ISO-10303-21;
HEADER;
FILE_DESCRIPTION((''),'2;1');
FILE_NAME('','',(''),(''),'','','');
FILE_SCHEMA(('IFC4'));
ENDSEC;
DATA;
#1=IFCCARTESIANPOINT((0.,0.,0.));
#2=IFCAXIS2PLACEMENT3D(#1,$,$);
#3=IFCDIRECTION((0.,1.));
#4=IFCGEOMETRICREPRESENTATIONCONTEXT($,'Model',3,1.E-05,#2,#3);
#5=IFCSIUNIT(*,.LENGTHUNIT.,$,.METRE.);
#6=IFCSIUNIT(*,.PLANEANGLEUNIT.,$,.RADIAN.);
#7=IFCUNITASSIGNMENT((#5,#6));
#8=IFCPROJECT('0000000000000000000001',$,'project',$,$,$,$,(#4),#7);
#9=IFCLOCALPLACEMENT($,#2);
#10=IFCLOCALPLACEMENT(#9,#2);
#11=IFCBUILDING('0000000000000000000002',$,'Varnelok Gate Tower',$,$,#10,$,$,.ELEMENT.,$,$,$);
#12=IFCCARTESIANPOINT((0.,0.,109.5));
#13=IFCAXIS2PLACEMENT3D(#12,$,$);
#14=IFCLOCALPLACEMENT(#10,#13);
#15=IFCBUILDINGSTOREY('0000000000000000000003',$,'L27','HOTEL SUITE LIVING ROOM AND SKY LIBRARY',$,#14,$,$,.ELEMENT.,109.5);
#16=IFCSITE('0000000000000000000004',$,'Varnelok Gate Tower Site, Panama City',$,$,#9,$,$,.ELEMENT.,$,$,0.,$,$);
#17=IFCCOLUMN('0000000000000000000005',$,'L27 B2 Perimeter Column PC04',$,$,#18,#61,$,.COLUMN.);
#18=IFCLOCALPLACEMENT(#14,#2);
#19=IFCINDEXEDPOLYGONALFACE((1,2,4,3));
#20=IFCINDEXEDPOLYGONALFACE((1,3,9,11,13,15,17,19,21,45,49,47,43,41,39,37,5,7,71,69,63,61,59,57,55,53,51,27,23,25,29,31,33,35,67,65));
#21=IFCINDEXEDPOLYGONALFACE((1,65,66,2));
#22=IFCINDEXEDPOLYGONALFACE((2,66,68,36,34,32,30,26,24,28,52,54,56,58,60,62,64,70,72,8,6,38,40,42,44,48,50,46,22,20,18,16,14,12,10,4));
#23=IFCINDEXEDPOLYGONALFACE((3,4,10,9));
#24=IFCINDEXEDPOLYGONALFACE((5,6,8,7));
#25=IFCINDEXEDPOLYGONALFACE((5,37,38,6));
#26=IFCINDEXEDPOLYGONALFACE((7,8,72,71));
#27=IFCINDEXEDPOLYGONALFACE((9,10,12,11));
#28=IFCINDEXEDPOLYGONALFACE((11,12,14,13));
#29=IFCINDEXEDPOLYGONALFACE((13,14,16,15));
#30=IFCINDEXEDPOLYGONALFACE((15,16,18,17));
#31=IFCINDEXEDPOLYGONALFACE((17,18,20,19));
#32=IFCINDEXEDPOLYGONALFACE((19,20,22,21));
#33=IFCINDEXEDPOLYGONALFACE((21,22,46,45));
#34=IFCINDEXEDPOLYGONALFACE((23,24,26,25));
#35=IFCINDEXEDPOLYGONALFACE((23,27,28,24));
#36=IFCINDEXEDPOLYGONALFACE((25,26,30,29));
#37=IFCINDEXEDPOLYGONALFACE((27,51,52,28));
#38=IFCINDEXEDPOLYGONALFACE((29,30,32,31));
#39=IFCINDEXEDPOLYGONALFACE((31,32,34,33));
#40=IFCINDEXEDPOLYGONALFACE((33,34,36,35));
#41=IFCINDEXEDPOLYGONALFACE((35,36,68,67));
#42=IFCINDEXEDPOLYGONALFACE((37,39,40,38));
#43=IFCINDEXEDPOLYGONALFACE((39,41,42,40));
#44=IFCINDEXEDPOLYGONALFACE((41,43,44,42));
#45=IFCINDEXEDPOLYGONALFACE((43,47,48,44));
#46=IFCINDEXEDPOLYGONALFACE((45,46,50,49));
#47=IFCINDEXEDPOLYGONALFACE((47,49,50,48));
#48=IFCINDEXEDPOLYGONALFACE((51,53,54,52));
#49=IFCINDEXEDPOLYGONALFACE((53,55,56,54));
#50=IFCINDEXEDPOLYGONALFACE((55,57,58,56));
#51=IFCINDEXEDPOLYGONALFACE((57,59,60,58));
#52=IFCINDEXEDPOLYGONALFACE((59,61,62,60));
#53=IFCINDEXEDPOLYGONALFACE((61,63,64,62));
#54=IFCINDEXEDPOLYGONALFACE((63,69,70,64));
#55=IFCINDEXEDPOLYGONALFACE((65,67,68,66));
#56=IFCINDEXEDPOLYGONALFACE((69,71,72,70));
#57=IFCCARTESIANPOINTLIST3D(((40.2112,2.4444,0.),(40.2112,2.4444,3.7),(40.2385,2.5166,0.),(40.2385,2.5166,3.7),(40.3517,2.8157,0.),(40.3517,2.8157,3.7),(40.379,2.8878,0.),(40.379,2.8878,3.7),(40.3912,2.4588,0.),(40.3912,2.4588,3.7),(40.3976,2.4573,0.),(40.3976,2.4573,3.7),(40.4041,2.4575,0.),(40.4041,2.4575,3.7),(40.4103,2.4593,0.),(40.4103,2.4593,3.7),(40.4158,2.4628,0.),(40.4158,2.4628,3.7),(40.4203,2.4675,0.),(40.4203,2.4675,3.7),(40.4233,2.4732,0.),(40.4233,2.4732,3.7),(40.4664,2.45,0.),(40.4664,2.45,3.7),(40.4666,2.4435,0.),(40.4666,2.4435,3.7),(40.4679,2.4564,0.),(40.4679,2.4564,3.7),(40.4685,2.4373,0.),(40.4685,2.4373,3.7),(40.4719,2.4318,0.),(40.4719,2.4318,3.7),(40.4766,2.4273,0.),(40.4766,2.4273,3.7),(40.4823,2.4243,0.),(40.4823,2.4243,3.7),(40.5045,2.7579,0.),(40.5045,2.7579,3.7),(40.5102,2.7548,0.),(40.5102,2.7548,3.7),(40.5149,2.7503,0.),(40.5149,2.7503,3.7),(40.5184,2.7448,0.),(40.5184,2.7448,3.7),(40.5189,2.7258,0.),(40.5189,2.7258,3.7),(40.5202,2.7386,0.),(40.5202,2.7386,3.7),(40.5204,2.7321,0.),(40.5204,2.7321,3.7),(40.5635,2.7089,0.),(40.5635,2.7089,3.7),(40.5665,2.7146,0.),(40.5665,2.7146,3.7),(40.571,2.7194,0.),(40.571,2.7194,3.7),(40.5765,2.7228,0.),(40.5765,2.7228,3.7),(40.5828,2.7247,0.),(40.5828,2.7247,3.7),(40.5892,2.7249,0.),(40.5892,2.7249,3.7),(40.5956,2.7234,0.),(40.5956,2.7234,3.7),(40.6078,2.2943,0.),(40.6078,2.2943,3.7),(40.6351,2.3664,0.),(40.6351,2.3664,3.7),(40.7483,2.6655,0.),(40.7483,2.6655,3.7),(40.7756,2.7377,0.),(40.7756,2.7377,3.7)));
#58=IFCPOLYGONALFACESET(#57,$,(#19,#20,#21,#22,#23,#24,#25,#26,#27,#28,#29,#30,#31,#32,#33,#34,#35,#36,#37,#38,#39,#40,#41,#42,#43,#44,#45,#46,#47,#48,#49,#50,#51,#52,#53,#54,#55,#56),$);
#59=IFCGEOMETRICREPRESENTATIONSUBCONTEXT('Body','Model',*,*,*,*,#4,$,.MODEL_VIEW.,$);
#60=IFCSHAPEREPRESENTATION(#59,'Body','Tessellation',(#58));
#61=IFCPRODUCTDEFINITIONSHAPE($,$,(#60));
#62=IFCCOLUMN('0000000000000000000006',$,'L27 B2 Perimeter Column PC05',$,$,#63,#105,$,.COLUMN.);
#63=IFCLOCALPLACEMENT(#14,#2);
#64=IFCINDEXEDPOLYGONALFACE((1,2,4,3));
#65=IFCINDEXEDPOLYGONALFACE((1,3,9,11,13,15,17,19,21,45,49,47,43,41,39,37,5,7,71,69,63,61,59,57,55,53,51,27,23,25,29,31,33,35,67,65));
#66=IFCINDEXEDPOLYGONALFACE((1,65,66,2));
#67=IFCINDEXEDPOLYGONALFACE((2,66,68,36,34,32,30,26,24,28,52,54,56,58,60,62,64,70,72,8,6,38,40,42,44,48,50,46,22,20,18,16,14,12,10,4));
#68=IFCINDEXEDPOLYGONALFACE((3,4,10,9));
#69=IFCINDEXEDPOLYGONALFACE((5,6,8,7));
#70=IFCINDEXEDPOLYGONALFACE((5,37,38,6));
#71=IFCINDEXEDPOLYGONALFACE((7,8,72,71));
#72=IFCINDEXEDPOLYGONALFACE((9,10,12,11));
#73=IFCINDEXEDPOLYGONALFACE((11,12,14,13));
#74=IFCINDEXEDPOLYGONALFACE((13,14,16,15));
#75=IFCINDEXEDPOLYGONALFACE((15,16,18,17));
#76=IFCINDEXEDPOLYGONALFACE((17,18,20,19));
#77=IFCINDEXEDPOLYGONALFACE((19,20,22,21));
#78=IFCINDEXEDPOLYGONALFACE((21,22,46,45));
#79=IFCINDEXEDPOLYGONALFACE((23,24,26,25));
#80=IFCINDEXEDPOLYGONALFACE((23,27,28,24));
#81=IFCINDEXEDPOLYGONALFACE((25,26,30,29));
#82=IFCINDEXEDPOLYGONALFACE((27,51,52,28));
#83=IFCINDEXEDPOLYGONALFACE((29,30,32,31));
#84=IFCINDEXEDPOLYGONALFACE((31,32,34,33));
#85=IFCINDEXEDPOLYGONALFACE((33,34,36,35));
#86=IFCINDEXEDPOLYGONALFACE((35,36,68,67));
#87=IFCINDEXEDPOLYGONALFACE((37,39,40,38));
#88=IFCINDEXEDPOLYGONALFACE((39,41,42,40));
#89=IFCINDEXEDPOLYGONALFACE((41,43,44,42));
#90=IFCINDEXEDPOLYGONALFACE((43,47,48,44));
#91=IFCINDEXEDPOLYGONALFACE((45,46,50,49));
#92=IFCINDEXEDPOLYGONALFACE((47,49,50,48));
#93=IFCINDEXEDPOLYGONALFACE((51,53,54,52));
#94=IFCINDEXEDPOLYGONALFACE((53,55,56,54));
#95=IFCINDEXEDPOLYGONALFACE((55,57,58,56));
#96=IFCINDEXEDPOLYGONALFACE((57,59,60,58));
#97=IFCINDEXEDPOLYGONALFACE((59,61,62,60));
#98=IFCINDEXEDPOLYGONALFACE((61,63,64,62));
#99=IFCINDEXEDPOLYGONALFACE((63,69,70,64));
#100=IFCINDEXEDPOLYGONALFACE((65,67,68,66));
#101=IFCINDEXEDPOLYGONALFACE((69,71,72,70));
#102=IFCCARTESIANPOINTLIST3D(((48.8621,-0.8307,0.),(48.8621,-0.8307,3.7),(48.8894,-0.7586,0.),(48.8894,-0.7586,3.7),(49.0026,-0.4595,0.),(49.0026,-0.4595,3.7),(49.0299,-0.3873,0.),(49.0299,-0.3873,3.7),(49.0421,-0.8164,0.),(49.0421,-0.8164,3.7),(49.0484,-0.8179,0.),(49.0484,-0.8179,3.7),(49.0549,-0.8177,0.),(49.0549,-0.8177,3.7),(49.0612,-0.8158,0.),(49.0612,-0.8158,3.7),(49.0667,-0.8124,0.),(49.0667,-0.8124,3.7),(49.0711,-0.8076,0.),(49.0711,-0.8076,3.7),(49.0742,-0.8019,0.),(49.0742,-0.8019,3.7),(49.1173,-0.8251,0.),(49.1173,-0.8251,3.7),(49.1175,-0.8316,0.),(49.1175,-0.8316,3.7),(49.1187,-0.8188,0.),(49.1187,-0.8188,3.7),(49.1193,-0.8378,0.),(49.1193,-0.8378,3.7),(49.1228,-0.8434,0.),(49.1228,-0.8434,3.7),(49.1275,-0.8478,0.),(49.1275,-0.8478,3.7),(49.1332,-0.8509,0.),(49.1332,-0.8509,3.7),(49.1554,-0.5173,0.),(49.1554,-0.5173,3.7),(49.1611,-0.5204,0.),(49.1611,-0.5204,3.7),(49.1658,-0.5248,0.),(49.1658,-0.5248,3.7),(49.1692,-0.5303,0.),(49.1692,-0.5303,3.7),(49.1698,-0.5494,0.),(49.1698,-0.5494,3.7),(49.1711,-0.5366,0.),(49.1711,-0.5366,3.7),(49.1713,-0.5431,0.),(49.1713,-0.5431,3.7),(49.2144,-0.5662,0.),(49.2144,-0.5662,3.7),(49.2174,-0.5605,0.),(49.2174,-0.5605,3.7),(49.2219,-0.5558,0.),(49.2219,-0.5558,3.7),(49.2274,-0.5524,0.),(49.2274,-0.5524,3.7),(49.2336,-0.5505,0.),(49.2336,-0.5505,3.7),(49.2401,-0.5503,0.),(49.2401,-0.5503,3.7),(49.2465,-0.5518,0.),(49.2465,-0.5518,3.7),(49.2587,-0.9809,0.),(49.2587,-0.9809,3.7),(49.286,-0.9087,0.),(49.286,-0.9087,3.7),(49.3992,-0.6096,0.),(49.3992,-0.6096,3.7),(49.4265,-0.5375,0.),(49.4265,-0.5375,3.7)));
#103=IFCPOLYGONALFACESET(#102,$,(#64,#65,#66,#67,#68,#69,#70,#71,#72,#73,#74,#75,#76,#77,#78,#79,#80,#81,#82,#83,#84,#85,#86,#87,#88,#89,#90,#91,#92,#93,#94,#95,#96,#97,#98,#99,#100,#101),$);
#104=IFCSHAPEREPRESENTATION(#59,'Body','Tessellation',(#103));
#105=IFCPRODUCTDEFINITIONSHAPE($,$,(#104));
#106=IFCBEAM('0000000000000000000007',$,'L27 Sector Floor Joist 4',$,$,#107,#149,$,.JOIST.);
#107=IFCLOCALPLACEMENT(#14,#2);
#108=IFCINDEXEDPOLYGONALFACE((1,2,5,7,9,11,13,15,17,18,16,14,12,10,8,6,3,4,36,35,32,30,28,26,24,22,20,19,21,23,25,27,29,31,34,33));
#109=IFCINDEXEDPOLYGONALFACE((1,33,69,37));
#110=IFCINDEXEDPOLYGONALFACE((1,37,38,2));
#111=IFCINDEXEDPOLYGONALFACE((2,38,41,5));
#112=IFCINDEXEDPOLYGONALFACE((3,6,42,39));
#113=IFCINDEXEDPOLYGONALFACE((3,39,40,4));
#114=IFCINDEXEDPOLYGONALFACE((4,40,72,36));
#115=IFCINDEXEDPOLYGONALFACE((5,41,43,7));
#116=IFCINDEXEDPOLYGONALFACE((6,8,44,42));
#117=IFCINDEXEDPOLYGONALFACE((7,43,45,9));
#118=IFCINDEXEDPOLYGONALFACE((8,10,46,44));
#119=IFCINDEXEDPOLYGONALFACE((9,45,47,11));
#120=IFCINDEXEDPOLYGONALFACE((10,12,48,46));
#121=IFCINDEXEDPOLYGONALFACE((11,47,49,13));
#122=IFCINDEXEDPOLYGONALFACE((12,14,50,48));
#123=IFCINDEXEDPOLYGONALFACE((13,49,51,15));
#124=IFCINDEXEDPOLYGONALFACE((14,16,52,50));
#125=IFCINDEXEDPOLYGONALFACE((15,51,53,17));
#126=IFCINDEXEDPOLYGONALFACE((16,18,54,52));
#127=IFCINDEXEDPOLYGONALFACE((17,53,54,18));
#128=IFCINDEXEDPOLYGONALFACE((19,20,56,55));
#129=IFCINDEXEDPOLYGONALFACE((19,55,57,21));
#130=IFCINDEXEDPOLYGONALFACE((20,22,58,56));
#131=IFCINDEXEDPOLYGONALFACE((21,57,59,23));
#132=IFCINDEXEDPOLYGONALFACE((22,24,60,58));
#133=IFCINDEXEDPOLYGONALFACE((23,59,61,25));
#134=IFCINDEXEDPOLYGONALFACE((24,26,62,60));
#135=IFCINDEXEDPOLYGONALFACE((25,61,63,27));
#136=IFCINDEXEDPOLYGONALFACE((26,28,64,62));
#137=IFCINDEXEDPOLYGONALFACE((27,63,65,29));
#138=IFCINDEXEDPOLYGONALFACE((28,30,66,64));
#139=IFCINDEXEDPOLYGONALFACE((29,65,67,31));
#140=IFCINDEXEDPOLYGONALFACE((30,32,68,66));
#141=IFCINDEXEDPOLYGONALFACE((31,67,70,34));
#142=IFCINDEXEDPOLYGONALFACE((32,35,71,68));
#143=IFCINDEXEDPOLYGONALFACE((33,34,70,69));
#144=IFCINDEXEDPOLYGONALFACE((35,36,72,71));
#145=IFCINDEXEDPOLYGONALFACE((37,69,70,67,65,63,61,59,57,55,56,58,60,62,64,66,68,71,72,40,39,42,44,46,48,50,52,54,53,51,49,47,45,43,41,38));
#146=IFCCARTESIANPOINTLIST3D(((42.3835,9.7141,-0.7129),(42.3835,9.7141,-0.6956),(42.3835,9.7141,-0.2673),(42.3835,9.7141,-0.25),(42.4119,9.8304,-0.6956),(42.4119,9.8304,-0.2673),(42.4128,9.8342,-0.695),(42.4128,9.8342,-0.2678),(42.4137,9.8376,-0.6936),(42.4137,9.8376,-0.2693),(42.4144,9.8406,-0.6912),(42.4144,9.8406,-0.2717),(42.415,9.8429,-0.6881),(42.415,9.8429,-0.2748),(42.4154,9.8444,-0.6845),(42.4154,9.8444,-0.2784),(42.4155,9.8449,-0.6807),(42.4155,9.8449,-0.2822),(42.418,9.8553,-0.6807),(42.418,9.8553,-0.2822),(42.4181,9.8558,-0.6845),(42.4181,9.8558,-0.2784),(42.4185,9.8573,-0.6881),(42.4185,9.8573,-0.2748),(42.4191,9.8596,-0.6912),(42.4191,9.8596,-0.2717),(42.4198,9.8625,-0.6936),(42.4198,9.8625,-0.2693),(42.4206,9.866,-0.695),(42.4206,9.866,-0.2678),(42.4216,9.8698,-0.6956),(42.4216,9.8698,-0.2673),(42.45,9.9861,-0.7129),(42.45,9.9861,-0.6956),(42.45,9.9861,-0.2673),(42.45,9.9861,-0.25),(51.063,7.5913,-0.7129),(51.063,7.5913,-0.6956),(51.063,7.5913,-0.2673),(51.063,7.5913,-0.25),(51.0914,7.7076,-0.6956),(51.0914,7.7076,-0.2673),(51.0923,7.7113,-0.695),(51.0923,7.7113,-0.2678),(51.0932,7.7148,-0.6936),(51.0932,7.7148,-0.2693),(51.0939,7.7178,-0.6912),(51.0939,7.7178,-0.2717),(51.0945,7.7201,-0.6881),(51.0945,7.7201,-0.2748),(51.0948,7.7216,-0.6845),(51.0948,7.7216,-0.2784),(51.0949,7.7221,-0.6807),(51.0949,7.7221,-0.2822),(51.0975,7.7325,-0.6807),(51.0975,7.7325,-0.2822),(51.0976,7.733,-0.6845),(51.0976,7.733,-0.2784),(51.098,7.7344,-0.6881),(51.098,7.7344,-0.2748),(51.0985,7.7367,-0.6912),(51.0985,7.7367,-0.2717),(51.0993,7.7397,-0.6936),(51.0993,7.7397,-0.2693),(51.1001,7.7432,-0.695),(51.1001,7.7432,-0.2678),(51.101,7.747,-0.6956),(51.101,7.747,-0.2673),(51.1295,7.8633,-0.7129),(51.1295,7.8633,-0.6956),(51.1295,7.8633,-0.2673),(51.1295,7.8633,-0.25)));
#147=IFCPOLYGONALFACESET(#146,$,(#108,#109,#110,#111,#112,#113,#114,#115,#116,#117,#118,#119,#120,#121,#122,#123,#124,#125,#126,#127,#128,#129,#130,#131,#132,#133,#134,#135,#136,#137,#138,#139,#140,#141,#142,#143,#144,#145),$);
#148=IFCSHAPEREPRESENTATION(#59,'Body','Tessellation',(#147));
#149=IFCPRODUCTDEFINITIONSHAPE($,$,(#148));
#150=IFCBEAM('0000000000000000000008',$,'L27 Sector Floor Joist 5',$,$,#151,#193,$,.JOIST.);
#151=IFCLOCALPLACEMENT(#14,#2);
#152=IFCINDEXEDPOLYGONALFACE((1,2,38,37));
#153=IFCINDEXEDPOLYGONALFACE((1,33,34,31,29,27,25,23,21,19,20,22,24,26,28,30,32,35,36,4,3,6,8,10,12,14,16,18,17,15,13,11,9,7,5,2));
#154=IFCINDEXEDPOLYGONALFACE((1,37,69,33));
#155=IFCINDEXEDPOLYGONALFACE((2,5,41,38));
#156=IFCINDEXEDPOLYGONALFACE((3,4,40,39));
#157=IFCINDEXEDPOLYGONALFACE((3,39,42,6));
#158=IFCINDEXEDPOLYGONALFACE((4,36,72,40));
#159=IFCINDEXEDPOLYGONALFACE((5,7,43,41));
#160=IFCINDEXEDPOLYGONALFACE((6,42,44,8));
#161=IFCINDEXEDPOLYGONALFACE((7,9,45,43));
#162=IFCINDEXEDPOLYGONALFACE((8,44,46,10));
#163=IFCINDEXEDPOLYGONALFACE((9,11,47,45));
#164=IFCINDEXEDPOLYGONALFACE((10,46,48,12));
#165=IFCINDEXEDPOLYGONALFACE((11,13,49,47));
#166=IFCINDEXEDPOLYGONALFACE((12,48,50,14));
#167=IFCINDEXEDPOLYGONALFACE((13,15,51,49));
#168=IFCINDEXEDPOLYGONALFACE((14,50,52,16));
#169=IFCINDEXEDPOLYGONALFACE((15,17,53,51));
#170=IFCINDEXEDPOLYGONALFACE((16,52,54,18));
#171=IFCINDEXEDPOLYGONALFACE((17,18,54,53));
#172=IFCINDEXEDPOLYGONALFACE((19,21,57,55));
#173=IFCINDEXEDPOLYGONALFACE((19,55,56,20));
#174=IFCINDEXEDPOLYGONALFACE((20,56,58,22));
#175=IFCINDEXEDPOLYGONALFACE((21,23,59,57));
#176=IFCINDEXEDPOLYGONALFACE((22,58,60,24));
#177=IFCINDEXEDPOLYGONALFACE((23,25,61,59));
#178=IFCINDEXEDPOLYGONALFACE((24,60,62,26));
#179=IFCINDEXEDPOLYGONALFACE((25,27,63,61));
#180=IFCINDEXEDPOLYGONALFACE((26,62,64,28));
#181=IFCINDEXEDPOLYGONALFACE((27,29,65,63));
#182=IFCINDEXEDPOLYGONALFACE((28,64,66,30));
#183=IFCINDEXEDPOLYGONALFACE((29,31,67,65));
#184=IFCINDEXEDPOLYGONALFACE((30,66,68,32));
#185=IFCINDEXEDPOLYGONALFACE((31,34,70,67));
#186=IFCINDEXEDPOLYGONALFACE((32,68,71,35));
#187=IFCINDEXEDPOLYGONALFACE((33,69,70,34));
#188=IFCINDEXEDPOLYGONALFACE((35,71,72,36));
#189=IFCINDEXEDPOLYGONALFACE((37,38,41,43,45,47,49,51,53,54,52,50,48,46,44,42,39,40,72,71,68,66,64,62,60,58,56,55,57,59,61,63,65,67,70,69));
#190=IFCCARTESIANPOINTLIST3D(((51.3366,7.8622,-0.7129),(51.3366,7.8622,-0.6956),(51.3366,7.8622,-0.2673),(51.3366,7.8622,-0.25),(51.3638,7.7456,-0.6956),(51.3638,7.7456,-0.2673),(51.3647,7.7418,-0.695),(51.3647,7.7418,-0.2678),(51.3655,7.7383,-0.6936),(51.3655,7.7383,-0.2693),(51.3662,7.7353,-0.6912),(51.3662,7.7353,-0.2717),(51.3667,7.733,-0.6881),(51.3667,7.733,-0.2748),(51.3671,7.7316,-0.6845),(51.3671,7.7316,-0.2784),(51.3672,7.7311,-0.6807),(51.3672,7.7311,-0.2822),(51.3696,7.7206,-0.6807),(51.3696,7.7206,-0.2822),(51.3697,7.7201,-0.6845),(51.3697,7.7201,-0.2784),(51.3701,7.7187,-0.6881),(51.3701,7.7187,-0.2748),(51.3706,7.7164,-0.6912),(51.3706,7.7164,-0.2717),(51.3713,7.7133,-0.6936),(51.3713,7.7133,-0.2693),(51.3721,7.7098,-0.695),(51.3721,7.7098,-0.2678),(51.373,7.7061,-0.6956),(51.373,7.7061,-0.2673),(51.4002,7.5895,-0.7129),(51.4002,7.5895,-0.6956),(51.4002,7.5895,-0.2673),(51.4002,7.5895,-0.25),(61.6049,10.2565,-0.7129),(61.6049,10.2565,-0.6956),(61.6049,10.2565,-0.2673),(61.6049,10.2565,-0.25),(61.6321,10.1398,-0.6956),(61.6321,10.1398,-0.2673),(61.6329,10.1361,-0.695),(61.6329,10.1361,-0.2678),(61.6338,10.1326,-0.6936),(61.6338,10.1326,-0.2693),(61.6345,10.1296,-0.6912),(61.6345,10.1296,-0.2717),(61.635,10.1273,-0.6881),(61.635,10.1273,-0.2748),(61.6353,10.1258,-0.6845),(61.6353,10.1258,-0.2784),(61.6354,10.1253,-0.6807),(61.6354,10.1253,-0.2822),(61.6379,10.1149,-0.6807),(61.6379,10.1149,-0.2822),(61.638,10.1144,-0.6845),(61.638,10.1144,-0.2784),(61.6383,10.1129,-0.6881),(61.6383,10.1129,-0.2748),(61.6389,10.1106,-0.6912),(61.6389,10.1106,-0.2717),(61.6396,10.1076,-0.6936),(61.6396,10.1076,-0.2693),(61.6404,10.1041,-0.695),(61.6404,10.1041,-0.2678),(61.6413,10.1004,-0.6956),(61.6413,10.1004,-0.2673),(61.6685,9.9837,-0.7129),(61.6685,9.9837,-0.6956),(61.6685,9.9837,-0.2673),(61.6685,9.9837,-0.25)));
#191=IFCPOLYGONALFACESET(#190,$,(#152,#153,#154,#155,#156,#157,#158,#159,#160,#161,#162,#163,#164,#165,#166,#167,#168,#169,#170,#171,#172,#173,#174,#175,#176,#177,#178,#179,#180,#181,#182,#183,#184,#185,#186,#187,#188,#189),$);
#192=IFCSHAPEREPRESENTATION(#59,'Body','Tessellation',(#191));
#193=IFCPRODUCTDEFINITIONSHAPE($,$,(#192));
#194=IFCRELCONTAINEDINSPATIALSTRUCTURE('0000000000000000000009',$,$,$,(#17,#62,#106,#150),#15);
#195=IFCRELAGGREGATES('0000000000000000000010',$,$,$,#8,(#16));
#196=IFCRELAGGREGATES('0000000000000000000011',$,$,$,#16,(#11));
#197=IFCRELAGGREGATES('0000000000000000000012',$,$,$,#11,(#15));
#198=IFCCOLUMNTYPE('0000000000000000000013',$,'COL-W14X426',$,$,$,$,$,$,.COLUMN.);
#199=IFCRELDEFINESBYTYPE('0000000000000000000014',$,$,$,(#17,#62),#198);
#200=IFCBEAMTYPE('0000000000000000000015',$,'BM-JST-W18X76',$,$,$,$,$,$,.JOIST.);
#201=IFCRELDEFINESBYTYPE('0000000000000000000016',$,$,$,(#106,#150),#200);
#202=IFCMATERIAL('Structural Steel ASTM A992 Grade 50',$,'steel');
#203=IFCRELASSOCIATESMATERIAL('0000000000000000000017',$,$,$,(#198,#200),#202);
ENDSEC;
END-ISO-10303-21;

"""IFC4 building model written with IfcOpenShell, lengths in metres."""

from ifc_helpers import new_model, si_unit, direction, frame, origin, origin_2d, place, context, subcontext, project, spatial, i_section, extrude, material, material_profile, profile_set, type_object, element, save


model = new_model("IFC4")

# Units and contexts
model_context = context("Model", 3, precision=1e-05, world=origin(), true_north=direction((0.0, 1.0)))
body_context = subcontext(model_context, "Body", "Model", "MODEL_VIEW")
ifc_project = project(units=[si_unit("LENGTHUNIT", "METRE"), si_unit("PLANEANGLEUNIT", "RADIAN")], contexts=[model_context])

# Site, building, storey
site_placement = place(None, origin())
site = spatial("IfcSite", under=ifc_project, at=site_placement, Name="Varnelok Gate Tower Site, Panama City", CompositionType="ELEMENT", RefElevation=0.0)
building_placement = place(site_placement, origin())
building = spatial("IfcBuilding", under=site, at=building_placement, Name="Varnelok Gate Tower", CompositionType="ELEMENT")
storey_placement = place(building_placement, frame((0.0, 0.0, 109.5)))
storey = spatial("IfcBuildingStorey", under=building, at=storey_placement, Name="L27", Description="HOTEL SUITE LIVING ROOM AND SKY LIBRARY", CompositionType="ELEMENT", Elevation=109.5)

# Columns
ifc_material_1 = material(Name="Structural Steel ASTM A992 Grade 50", Category="steel")
ifc_material_profile_1 = material_profile(ifc_material_1, i_section(OverallWidth=0.4241, OverallDepth=0.4741, WebThickness=0.0476, FlangeThickness=0.0771, FilletRadius=0.0249, at=origin_2d()), Name="W14X426")
ifc_profile_set_1 = profile_set([ifc_material_profile_1], Name="Structural Steel ASTM A992 Grade 50")
column_type = type_object("IfcColumnType", Name="COL-W14X426", PredefinedType="COLUMN", material=ifc_profile_set_1)
for number, where, z_axis, x_axis, name in (
    (1, (40.4934, 2.5911, 0.0), (0.0, 0.0, 1.0), (0.935222, -0.354063, 0.0), "L27 B2 Perimeter Column PC04"),
    (2, (49.1443, -0.6841, 0.0), (0.0, 0.0, 1.0), (0.935222, -0.354063, 0.0), "L27 B2 Perimeter Column PC05"),
):
    element("IfcColumn", number, at=place(storey_placement, frame(where, z_axis=z_axis, x_axis=x_axis)), inside=storey, type_object=column_type, Name=name, PredefinedType="COLUMN", context=body_context, shape_type="SweptSolid", body=[
        extrude(i_section(OverallWidth=0.4241, OverallDepth=0.4741, WebThickness=0.0476, FlangeThickness=0.0771, FilletRadius=0.0249, at=origin_2d()), origin(), (0.0, 0.0, 1.0), 3.7),
    ])

# Beams
ifc_material_profile_2 = material_profile(ifc_material_1, i_section(OverallWidth=0.28, OverallDepth=0.4629, WebThickness=0.0107, FlangeThickness=0.0173, FilletRadius=0.0149, at=origin_2d()), Name="W18X76")
ifc_profile_set_2 = profile_set([ifc_material_profile_2], Name="Structural Steel ASTM A992 Grade 50")
beam_type_1 = type_object("IfcBeamType", Name="BM-JST-W18X76", PredefinedType="JOIST", material=ifc_profile_set_2)
beam_1_placement = place(storey_placement, frame((42.4167, 9.8501, -0.4814), z_axis=(0.971369, -0.237576, 0.0), x_axis=(0.237576, 0.971369, 0.0)))
element("IfcBeam", 3, at=beam_1_placement, inside=storey, type_object=beam_type_1, Name="L27 Sector Floor Joist 4", PredefinedType="JOIST", context=body_context, shape_type="SweptSolid", body=[
    extrude(i_section(OverallWidth=0.28, OverallDepth=0.4629, WebThickness=0.0107, FlangeThickness=0.0173, FilletRadius=0.0149, at=origin_2d()), origin(), (0.0, 0.0, 1.0), 8.9353),
])
beam_2_placement = place(storey_placement, frame((51.3684, 7.7258, -0.4814), z_axis=(0.973876, 0.227081, 0.0), x_axis=(-0.227081, 0.973876, 0.0)))
element("IfcBeam", 4, at=beam_2_placement, inside=storey, type_object=beam_type_1, Name="L27 Sector Floor Joist 5", PredefinedType="JOIST", context=body_context, shape_type="SweptSolid", body=[
    extrude(i_section(OverallWidth=0.28, OverallDepth=0.4629, WebThickness=0.0107, FlangeThickness=0.0173, FilletRadius=0.0149, at=origin_2d()), origin(), (0.0, 0.0, 1.0), 10.5437),
])

save(model, "model.ifc")
